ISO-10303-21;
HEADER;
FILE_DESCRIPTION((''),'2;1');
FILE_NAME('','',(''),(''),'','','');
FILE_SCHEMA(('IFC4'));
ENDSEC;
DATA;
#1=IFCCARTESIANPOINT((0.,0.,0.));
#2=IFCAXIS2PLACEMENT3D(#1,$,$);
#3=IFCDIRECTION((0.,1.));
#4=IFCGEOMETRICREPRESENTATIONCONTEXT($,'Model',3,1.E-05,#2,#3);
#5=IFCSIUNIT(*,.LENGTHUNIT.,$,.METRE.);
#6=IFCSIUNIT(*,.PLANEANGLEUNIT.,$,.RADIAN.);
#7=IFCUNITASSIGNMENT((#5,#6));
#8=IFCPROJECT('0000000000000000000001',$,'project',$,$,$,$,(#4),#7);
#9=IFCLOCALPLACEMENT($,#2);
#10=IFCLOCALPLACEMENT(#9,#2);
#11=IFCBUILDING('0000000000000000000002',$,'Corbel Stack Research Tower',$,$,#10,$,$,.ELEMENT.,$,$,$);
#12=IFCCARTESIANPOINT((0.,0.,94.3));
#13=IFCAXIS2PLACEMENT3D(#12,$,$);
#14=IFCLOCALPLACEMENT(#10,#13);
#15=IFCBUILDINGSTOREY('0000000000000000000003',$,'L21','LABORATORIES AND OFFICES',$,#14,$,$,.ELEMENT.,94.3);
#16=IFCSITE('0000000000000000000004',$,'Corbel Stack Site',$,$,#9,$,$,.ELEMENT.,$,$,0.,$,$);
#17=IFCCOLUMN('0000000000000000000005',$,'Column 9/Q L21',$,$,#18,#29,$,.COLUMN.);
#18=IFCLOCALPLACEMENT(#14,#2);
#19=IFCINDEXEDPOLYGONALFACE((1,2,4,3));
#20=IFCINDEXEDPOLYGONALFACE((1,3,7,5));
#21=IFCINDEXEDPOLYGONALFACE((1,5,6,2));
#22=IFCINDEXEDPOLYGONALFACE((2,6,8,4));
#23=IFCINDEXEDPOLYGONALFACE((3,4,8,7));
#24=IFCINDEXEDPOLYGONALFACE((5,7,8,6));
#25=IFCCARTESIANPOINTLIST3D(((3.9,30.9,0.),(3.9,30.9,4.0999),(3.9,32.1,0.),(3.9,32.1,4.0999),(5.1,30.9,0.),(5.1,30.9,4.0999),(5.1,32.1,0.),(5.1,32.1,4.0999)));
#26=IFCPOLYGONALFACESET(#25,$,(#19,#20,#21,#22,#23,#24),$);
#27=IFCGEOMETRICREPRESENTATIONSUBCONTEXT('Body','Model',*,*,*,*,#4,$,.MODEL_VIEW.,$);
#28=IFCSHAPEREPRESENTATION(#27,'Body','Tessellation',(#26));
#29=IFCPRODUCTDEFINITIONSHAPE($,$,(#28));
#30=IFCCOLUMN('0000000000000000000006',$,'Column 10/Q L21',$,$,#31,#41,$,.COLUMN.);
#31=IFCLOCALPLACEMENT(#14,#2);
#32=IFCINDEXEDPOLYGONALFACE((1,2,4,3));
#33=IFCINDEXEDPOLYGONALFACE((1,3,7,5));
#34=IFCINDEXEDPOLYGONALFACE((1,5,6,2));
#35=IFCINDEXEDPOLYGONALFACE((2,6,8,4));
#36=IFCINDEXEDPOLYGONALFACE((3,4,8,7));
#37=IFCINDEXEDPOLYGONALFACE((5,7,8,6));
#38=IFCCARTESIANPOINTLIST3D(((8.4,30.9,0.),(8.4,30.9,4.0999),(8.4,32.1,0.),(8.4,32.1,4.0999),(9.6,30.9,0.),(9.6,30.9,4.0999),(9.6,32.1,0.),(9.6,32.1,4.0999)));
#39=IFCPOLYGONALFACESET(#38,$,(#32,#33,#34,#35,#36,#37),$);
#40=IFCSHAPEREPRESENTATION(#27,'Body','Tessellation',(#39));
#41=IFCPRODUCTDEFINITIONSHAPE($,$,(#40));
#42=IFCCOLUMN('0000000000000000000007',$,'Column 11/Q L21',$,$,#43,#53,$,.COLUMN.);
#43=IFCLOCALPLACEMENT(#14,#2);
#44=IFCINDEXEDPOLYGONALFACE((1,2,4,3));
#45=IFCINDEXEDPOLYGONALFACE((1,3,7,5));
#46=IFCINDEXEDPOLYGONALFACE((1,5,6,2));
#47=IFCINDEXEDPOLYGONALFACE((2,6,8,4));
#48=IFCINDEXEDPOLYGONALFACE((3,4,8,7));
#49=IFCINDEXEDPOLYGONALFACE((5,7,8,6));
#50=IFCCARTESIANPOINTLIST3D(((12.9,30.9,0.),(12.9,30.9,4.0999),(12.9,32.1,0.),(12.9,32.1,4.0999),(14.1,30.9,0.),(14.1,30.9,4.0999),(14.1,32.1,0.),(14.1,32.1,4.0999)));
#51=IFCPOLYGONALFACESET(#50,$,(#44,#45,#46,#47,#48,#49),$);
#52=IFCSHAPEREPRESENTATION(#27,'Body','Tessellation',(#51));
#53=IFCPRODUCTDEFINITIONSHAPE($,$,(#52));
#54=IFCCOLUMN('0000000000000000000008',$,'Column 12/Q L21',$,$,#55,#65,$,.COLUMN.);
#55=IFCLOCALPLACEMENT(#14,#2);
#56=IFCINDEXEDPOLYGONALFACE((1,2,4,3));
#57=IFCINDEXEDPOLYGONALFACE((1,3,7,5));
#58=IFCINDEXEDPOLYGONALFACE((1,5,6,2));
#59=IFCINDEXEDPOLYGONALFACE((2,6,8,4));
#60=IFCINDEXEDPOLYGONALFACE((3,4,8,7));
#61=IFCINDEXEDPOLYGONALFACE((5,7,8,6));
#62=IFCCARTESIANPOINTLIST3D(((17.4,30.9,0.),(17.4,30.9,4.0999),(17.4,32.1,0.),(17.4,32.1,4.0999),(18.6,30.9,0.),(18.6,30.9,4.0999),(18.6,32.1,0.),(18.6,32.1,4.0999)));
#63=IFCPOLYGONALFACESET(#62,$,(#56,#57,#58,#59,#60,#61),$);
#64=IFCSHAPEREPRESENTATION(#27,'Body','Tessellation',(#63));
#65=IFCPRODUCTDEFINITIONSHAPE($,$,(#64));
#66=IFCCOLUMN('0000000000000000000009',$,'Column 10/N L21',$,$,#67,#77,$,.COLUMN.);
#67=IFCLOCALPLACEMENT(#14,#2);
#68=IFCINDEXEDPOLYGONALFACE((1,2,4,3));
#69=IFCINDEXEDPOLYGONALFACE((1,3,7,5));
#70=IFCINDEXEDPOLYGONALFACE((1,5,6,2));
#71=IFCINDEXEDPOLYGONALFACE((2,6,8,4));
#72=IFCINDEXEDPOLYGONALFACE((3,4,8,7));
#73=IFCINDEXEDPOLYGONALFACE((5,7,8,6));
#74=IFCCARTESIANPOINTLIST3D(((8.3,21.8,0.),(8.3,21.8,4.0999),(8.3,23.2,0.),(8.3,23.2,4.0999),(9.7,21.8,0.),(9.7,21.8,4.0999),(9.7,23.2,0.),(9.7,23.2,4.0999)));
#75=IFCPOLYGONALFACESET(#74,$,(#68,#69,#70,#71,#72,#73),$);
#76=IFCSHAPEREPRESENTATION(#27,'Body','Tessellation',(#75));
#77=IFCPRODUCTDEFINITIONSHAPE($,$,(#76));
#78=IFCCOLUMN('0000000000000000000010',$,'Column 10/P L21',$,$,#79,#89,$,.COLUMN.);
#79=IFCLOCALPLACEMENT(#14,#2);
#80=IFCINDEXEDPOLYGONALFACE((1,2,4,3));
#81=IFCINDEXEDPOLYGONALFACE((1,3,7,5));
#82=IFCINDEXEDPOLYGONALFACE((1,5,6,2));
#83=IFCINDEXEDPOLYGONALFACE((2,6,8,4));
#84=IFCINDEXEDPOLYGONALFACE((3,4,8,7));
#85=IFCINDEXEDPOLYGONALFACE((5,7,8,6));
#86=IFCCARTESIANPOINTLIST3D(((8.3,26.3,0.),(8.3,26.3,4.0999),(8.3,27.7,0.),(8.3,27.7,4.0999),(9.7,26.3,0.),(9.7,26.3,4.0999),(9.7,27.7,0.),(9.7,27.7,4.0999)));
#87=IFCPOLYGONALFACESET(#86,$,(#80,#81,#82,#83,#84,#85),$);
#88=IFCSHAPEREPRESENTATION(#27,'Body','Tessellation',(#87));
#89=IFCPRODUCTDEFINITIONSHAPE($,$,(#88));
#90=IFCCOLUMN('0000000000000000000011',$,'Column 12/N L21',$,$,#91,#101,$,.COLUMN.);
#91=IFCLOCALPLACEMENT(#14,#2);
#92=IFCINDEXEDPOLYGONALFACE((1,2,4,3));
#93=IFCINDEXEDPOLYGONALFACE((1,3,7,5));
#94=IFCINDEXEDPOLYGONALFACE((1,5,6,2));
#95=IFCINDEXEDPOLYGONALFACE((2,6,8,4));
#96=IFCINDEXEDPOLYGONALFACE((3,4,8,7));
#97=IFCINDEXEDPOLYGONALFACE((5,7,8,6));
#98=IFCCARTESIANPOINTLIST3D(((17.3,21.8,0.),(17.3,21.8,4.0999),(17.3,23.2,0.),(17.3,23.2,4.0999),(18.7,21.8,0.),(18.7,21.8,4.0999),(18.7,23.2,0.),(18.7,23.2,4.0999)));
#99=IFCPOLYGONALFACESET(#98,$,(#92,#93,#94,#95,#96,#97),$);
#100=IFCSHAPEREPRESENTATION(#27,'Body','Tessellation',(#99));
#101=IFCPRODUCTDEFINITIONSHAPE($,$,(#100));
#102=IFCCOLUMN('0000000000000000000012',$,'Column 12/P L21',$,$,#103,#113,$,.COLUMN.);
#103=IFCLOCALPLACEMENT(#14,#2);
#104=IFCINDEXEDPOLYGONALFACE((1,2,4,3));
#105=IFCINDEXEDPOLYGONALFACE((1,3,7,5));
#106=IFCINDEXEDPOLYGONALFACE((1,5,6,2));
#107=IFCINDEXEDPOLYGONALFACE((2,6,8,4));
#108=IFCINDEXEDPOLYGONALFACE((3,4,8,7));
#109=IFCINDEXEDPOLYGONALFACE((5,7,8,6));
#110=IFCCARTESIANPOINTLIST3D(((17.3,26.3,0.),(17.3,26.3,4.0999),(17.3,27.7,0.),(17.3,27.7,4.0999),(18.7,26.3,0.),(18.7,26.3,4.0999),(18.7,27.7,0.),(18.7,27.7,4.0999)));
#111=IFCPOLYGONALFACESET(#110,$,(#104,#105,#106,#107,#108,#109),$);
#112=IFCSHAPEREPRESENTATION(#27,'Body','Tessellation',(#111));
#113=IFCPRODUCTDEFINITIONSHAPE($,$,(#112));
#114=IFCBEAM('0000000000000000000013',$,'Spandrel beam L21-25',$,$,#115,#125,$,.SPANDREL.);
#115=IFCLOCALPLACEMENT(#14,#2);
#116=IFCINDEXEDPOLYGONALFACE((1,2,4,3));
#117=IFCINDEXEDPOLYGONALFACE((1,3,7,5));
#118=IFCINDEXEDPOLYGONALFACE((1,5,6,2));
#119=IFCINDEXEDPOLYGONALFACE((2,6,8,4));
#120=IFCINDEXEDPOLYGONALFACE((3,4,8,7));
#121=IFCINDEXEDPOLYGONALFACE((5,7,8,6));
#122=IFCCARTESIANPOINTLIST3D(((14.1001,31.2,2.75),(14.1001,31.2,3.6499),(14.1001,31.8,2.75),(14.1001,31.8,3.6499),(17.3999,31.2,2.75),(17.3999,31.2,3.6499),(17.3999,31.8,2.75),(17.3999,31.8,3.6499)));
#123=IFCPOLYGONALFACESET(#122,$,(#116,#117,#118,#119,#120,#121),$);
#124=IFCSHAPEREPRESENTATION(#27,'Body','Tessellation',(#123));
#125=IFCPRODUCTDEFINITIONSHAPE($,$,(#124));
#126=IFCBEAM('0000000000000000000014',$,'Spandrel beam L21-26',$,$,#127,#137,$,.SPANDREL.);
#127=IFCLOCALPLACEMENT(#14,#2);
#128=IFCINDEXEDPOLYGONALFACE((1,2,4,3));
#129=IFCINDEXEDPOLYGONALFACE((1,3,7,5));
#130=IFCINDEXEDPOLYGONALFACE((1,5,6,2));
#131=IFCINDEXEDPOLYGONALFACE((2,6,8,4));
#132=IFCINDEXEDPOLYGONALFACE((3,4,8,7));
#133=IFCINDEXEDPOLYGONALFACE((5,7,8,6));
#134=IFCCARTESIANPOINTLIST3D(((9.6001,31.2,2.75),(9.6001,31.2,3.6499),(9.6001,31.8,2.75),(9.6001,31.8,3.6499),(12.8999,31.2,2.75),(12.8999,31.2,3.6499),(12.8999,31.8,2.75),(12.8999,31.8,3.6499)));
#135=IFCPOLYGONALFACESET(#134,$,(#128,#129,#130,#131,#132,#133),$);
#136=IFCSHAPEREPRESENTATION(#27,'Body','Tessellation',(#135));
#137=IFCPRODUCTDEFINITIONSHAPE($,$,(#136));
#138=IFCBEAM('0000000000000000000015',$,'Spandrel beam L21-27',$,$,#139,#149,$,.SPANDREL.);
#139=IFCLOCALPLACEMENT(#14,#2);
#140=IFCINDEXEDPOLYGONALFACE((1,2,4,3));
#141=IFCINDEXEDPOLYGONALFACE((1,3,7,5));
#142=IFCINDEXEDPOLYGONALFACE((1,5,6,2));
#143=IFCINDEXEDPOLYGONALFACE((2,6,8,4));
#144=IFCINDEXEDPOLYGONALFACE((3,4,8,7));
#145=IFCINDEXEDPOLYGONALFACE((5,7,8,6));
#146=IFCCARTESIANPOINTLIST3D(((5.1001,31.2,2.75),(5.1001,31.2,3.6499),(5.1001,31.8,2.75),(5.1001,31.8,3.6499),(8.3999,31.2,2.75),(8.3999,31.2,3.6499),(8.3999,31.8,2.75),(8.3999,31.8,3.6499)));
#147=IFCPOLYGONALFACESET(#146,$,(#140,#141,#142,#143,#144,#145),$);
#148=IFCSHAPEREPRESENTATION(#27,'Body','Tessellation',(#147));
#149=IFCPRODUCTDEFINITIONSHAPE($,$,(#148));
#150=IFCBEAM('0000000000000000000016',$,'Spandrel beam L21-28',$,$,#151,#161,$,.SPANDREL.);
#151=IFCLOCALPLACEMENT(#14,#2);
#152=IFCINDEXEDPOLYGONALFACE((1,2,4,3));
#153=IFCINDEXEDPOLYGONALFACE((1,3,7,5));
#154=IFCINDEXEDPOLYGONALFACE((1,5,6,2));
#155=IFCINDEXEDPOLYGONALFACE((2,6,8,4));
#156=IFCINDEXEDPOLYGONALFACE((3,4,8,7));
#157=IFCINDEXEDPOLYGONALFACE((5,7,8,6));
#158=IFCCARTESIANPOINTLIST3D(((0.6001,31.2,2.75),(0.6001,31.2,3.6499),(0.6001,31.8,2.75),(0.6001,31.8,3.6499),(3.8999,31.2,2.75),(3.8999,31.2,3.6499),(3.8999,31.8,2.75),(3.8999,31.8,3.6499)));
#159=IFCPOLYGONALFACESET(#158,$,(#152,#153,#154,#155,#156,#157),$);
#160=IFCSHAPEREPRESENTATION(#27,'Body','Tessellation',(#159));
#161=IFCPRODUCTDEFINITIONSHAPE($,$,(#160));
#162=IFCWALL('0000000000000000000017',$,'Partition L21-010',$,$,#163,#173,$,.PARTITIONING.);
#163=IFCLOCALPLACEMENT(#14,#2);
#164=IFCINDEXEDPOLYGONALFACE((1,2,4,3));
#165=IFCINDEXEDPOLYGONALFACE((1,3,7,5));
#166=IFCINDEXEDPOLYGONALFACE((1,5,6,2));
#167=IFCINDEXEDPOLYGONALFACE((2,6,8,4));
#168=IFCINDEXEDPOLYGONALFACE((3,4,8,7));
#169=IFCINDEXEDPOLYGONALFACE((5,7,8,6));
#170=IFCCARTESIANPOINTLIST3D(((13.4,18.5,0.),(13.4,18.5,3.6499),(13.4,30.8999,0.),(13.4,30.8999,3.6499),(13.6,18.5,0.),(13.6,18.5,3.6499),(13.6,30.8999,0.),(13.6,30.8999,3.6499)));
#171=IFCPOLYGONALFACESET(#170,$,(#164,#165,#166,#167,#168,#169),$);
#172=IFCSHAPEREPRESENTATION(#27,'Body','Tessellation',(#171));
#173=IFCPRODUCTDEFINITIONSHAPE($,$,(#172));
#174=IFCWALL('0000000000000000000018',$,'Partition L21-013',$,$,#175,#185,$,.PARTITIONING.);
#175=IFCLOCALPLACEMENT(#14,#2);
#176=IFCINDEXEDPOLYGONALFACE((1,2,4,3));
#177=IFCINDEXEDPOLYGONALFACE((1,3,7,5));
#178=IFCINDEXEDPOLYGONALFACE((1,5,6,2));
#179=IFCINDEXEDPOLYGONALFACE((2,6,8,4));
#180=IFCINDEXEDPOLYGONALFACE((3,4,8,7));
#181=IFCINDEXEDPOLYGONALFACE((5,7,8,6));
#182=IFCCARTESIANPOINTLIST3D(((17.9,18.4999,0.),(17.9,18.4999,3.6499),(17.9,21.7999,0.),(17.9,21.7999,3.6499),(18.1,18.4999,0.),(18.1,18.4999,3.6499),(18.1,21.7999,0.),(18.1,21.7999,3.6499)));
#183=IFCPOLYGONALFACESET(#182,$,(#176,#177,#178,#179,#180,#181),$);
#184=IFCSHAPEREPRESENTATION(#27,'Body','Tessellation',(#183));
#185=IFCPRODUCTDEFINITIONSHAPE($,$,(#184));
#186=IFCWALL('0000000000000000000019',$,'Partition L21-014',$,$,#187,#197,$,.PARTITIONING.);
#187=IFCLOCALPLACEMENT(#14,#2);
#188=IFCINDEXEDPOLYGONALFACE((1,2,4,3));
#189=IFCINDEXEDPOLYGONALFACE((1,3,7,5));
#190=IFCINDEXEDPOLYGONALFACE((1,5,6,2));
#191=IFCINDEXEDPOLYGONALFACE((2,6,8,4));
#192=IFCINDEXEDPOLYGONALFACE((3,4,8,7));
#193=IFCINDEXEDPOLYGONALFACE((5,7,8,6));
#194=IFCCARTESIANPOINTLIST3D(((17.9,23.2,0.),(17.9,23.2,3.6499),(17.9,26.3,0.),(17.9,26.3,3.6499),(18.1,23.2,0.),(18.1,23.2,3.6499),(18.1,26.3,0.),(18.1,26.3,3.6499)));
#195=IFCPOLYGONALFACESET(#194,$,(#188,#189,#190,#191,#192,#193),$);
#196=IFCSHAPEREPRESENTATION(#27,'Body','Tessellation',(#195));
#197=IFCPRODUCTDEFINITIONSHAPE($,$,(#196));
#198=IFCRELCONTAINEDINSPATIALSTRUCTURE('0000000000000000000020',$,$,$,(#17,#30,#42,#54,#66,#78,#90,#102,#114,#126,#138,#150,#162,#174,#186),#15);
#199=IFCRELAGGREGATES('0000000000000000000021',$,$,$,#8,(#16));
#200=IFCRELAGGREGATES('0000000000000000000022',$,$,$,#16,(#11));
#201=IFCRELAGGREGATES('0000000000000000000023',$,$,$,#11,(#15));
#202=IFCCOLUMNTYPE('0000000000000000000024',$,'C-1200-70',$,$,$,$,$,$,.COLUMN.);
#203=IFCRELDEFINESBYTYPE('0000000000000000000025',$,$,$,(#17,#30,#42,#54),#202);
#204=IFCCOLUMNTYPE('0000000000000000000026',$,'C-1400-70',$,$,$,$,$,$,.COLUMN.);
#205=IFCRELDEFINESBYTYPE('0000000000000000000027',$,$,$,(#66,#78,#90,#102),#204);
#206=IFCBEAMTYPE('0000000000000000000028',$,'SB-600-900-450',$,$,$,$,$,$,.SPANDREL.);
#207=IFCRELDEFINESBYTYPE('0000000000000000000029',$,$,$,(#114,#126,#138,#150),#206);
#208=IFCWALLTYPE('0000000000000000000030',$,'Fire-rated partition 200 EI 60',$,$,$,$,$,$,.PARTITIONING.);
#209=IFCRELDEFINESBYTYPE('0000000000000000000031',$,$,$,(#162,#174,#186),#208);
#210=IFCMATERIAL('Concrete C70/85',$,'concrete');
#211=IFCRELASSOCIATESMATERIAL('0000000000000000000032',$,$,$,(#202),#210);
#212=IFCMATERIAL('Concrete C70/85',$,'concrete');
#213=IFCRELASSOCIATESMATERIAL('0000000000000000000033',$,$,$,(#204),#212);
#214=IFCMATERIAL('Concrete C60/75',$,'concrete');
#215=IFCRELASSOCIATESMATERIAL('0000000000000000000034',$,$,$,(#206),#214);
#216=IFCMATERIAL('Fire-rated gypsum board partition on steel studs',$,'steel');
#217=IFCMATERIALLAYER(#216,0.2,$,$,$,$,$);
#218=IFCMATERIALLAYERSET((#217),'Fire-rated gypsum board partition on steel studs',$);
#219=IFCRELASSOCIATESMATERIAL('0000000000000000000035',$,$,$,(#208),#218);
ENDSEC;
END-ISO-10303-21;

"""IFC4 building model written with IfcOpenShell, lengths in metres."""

from ifc_helpers import new_model, si_unit, direction, frame, frame_2d, origin, origin_2d, place, context, subcontext, project, spatial, rectangle, extrude, material, layer, layer_set, material_profile, profile_set, type_object, element, save


model = new_model("IFC4")

# Units and contexts
model_context = context("Model", 3, precision=1e-05, world=origin(), true_north=direction((0.0, 1.0)))
body_context = subcontext(model_context, "Body", "Model", "MODEL_VIEW")
ifc_project = project(units=[si_unit("LENGTHUNIT", "METRE"), si_unit("PLANEANGLEUNIT", "RADIAN")], contexts=[model_context])

# Site, building, storey
site_placement = place(None, origin())
site = spatial("IfcSite", under=ifc_project, at=site_placement, Name="Corbel Stack Site", CompositionType="ELEMENT", RefElevation=0.0)
building_placement = place(site_placement, origin())
building = spatial("IfcBuilding", under=site, at=building_placement, Name="Corbel Stack Research Tower", CompositionType="ELEMENT")
storey_placement = place(building_placement, frame((0.0, 0.0, 94.3)))
storey = spatial("IfcBuildingStorey", under=building, at=storey_placement, Name="L21", Description="LABORATORIES AND OFFICES", CompositionType="ELEMENT", Elevation=94.3)

# Columns
ifc_material_1 = material(Name="Concrete C70/85", Category="concrete")
ifc_material_profile_1 = material_profile(ifc_material_1, rectangle(XDim=1.2, YDim=1.2, at=origin_2d()), Name="RC 1200 x 1200")
ifc_profile_set_1 = profile_set([ifc_material_profile_1], Name="Concrete C70/85")
column_type_1 = type_object("IfcColumnType", Name="C-1200-70", PredefinedType="COLUMN", material=ifc_profile_set_1)
for number, where, z_axis, x_axis, name in (
    (1, (4.5, 31.5, 0.0), (0.0, 0.0, 1.0), (1.0, 0.0, 0.0), "Column 9/Q L21"),
    (2, (9.0, 31.5, 0.0), (0.0, 0.0, 1.0), (1.0, 0.0, 0.0), "Column 10/Q L21"),
    (3, (13.5, 31.5, 0.0), (0.0, 0.0, 1.0), (1.0, 0.0, 0.0), "Column 11/Q L21"),
    (4, (18.0, 31.5, 0.0), (0.0, 0.0, 1.0), (1.0, 0.0, 0.0), "Column 12/Q L21"),
):
    element("IfcColumn", number, at=place(storey_placement, frame(where, z_axis=z_axis, x_axis=x_axis)), inside=storey, type_object=column_type_1, Name=name, PredefinedType="COLUMN", context=body_context, shape_type="SweptSolid", body=[
        extrude(rectangle(XDim=1.2, YDim=1.2, at=origin_2d()), origin(), (0.0, 0.0, 1.0), 4.0999),
    ])
ifc_material_2 = material(Name="Concrete C70/85", Category="concrete")
ifc_material_profile_2 = material_profile(ifc_material_2, rectangle(XDim=1.3999, YDim=1.3999, at=origin_2d()), Name="RC 1400 x 1400")
ifc_profile_set_2 = profile_set([ifc_material_profile_2], Name="Concrete C70/85")
column_type_2 = type_object("IfcColumnType", Name="C-1400-70", PredefinedType="COLUMN", material=ifc_profile_set_2)
for number, where, z_axis, x_axis, name in (
    (5, (9.0, 22.5, 0.0), (0.0, 0.0, 1.0), (1.0, 0.0, 0.0), "Column 10/N L21"),
    (6, (9.0, 27.0, 0.0), (0.0, 0.0, 1.0), (1.0, 0.0, 0.0), "Column 10/P L21"),
    (7, (18.0, 22.5, 0.0), (0.0, 0.0, 1.0), (1.0, 0.0, 0.0), "Column 12/N L21"),
    (8, (18.0, 27.0, 0.0), (0.0, 0.0, 1.0), (1.0, 0.0, 0.0), "Column 12/P L21"),
):
    element("IfcColumn", number, at=place(storey_placement, frame(where, z_axis=z_axis, x_axis=x_axis)), inside=storey, type_object=column_type_2, Name=name, PredefinedType="COLUMN", context=body_context, shape_type="SweptSolid", body=[
        extrude(rectangle(XDim=1.3999, YDim=1.3999, at=origin_2d()), origin(), (0.0, 0.0, 1.0), 4.0999),
    ])

# Beams
ifc_material_3 = material(Name="Concrete C60/75", Category="concrete")
ifc_material_profile_3 = material_profile(ifc_material_3, rectangle(XDim=0.6001, YDim=0.8999, at=origin_2d()), Name="RC 600 x 900")
ifc_profile_set_3 = profile_set([ifc_material_profile_3], Name="Concrete C60/75")
beam_type = type_object("IfcBeamType", Name="SB-600-900-450", PredefinedType="SPANDREL", material=ifc_profile_set_3)
for number, where, z_axis, x_axis, name in (
    (9, (17.3999, 31.5, 3.2), (-1.0, 0.0, 0.0), (0.0, -1.0, 0.0), "Spandrel beam L21-25"),
    (10, (12.8999, 31.5, 3.2), (-1.0, 0.0, 0.0), (0.0, -1.0, 0.0), "Spandrel beam L21-26"),
    (11, (8.3999, 31.5, 3.2), (-1.0, 0.0, 0.0), (0.0, -1.0, 0.0), "Spandrel beam L21-27"),
    (12, (3.8999, 31.5, 3.2), (-1.0, 0.0, 0.0), (0.0, -1.0, 0.0), "Spandrel beam L21-28"),
):
    element("IfcBeam", number, at=place(storey_placement, frame(where, z_axis=z_axis, x_axis=x_axis)), inside=storey, type_object=beam_type, Name=name, PredefinedType="SPANDREL", context=body_context, shape_type="SweptSolid", body=[
        extrude(rectangle(XDim=0.6001, YDim=0.8999, at=origin_2d()), origin(), (0.0, 0.0, 1.0), 3.2998),
    ])

# Walls
ifc_material_4 = material(Name="Fire-rated gypsum board partition on steel studs", Category="steel")
ifc_layer_1 = layer(ifc_material_4, 0.2)
ifc_layer_set_1 = layer_set([ifc_layer_1], Name="Fire-rated gypsum board partition on steel studs")
wall_type_1 = type_object("IfcWallType", Name="Fire-rated partition 200 EI 60", PredefinedType="PARTITIONING", material=ifc_layer_set_1)
wall_1_placement = place(storey_placement, frame((13.5, 18.5, 0.0), z_axis=(0.0, 0.0, 1.0), x_axis=(0.0, 1.0, 0.0)))
element("IfcWall", 13, at=wall_1_placement, inside=storey, type_object=wall_type_1, Name="Partition L21-010", PredefinedType="PARTITIONING", context=body_context, shape_type="SweptSolid", body=[
    extrude(rectangle(XDim=12.3999, YDim=0.2, at=frame_2d((6.2, 0.0))), origin(), (0.0, 0.0, 1.0), 3.6499),
])
wall_2_placement = place(storey_placement, frame((18.0, 18.5, 0.0), z_axis=(0.0, 0.0, 1.0), x_axis=(0.0, 1.0, 0.0)))
element("IfcWall", 14, at=wall_2_placement, inside=storey, type_object=wall_type_1, Name="Partition L21-013", PredefinedType="PARTITIONING", context=body_context, shape_type="SweptSolid", body=[
    extrude(rectangle(XDim=3.3, YDim=0.2, at=frame_2d((1.6499, 0.0))), origin(), (0.0, 0.0, 1.0), 3.6499),
])
wall_3_placement = place(storey_placement, frame((18.0, 23.2, 0.0), z_axis=(0.0, 0.0, 1.0), x_axis=(0.0, 1.0, 0.0)))
element("IfcWall", 15, at=wall_3_placement, inside=storey, type_object=wall_type_1, Name="Partition L21-014", PredefinedType="PARTITIONING", context=body_context, shape_type="SweptSolid", body=[
    extrude(rectangle(XDim=3.1001, YDim=0.2, at=frame_2d((1.55, 0.0))), origin(), (0.0, 0.0, 1.0), 3.6499),
])

save(model, "model.ifc")
